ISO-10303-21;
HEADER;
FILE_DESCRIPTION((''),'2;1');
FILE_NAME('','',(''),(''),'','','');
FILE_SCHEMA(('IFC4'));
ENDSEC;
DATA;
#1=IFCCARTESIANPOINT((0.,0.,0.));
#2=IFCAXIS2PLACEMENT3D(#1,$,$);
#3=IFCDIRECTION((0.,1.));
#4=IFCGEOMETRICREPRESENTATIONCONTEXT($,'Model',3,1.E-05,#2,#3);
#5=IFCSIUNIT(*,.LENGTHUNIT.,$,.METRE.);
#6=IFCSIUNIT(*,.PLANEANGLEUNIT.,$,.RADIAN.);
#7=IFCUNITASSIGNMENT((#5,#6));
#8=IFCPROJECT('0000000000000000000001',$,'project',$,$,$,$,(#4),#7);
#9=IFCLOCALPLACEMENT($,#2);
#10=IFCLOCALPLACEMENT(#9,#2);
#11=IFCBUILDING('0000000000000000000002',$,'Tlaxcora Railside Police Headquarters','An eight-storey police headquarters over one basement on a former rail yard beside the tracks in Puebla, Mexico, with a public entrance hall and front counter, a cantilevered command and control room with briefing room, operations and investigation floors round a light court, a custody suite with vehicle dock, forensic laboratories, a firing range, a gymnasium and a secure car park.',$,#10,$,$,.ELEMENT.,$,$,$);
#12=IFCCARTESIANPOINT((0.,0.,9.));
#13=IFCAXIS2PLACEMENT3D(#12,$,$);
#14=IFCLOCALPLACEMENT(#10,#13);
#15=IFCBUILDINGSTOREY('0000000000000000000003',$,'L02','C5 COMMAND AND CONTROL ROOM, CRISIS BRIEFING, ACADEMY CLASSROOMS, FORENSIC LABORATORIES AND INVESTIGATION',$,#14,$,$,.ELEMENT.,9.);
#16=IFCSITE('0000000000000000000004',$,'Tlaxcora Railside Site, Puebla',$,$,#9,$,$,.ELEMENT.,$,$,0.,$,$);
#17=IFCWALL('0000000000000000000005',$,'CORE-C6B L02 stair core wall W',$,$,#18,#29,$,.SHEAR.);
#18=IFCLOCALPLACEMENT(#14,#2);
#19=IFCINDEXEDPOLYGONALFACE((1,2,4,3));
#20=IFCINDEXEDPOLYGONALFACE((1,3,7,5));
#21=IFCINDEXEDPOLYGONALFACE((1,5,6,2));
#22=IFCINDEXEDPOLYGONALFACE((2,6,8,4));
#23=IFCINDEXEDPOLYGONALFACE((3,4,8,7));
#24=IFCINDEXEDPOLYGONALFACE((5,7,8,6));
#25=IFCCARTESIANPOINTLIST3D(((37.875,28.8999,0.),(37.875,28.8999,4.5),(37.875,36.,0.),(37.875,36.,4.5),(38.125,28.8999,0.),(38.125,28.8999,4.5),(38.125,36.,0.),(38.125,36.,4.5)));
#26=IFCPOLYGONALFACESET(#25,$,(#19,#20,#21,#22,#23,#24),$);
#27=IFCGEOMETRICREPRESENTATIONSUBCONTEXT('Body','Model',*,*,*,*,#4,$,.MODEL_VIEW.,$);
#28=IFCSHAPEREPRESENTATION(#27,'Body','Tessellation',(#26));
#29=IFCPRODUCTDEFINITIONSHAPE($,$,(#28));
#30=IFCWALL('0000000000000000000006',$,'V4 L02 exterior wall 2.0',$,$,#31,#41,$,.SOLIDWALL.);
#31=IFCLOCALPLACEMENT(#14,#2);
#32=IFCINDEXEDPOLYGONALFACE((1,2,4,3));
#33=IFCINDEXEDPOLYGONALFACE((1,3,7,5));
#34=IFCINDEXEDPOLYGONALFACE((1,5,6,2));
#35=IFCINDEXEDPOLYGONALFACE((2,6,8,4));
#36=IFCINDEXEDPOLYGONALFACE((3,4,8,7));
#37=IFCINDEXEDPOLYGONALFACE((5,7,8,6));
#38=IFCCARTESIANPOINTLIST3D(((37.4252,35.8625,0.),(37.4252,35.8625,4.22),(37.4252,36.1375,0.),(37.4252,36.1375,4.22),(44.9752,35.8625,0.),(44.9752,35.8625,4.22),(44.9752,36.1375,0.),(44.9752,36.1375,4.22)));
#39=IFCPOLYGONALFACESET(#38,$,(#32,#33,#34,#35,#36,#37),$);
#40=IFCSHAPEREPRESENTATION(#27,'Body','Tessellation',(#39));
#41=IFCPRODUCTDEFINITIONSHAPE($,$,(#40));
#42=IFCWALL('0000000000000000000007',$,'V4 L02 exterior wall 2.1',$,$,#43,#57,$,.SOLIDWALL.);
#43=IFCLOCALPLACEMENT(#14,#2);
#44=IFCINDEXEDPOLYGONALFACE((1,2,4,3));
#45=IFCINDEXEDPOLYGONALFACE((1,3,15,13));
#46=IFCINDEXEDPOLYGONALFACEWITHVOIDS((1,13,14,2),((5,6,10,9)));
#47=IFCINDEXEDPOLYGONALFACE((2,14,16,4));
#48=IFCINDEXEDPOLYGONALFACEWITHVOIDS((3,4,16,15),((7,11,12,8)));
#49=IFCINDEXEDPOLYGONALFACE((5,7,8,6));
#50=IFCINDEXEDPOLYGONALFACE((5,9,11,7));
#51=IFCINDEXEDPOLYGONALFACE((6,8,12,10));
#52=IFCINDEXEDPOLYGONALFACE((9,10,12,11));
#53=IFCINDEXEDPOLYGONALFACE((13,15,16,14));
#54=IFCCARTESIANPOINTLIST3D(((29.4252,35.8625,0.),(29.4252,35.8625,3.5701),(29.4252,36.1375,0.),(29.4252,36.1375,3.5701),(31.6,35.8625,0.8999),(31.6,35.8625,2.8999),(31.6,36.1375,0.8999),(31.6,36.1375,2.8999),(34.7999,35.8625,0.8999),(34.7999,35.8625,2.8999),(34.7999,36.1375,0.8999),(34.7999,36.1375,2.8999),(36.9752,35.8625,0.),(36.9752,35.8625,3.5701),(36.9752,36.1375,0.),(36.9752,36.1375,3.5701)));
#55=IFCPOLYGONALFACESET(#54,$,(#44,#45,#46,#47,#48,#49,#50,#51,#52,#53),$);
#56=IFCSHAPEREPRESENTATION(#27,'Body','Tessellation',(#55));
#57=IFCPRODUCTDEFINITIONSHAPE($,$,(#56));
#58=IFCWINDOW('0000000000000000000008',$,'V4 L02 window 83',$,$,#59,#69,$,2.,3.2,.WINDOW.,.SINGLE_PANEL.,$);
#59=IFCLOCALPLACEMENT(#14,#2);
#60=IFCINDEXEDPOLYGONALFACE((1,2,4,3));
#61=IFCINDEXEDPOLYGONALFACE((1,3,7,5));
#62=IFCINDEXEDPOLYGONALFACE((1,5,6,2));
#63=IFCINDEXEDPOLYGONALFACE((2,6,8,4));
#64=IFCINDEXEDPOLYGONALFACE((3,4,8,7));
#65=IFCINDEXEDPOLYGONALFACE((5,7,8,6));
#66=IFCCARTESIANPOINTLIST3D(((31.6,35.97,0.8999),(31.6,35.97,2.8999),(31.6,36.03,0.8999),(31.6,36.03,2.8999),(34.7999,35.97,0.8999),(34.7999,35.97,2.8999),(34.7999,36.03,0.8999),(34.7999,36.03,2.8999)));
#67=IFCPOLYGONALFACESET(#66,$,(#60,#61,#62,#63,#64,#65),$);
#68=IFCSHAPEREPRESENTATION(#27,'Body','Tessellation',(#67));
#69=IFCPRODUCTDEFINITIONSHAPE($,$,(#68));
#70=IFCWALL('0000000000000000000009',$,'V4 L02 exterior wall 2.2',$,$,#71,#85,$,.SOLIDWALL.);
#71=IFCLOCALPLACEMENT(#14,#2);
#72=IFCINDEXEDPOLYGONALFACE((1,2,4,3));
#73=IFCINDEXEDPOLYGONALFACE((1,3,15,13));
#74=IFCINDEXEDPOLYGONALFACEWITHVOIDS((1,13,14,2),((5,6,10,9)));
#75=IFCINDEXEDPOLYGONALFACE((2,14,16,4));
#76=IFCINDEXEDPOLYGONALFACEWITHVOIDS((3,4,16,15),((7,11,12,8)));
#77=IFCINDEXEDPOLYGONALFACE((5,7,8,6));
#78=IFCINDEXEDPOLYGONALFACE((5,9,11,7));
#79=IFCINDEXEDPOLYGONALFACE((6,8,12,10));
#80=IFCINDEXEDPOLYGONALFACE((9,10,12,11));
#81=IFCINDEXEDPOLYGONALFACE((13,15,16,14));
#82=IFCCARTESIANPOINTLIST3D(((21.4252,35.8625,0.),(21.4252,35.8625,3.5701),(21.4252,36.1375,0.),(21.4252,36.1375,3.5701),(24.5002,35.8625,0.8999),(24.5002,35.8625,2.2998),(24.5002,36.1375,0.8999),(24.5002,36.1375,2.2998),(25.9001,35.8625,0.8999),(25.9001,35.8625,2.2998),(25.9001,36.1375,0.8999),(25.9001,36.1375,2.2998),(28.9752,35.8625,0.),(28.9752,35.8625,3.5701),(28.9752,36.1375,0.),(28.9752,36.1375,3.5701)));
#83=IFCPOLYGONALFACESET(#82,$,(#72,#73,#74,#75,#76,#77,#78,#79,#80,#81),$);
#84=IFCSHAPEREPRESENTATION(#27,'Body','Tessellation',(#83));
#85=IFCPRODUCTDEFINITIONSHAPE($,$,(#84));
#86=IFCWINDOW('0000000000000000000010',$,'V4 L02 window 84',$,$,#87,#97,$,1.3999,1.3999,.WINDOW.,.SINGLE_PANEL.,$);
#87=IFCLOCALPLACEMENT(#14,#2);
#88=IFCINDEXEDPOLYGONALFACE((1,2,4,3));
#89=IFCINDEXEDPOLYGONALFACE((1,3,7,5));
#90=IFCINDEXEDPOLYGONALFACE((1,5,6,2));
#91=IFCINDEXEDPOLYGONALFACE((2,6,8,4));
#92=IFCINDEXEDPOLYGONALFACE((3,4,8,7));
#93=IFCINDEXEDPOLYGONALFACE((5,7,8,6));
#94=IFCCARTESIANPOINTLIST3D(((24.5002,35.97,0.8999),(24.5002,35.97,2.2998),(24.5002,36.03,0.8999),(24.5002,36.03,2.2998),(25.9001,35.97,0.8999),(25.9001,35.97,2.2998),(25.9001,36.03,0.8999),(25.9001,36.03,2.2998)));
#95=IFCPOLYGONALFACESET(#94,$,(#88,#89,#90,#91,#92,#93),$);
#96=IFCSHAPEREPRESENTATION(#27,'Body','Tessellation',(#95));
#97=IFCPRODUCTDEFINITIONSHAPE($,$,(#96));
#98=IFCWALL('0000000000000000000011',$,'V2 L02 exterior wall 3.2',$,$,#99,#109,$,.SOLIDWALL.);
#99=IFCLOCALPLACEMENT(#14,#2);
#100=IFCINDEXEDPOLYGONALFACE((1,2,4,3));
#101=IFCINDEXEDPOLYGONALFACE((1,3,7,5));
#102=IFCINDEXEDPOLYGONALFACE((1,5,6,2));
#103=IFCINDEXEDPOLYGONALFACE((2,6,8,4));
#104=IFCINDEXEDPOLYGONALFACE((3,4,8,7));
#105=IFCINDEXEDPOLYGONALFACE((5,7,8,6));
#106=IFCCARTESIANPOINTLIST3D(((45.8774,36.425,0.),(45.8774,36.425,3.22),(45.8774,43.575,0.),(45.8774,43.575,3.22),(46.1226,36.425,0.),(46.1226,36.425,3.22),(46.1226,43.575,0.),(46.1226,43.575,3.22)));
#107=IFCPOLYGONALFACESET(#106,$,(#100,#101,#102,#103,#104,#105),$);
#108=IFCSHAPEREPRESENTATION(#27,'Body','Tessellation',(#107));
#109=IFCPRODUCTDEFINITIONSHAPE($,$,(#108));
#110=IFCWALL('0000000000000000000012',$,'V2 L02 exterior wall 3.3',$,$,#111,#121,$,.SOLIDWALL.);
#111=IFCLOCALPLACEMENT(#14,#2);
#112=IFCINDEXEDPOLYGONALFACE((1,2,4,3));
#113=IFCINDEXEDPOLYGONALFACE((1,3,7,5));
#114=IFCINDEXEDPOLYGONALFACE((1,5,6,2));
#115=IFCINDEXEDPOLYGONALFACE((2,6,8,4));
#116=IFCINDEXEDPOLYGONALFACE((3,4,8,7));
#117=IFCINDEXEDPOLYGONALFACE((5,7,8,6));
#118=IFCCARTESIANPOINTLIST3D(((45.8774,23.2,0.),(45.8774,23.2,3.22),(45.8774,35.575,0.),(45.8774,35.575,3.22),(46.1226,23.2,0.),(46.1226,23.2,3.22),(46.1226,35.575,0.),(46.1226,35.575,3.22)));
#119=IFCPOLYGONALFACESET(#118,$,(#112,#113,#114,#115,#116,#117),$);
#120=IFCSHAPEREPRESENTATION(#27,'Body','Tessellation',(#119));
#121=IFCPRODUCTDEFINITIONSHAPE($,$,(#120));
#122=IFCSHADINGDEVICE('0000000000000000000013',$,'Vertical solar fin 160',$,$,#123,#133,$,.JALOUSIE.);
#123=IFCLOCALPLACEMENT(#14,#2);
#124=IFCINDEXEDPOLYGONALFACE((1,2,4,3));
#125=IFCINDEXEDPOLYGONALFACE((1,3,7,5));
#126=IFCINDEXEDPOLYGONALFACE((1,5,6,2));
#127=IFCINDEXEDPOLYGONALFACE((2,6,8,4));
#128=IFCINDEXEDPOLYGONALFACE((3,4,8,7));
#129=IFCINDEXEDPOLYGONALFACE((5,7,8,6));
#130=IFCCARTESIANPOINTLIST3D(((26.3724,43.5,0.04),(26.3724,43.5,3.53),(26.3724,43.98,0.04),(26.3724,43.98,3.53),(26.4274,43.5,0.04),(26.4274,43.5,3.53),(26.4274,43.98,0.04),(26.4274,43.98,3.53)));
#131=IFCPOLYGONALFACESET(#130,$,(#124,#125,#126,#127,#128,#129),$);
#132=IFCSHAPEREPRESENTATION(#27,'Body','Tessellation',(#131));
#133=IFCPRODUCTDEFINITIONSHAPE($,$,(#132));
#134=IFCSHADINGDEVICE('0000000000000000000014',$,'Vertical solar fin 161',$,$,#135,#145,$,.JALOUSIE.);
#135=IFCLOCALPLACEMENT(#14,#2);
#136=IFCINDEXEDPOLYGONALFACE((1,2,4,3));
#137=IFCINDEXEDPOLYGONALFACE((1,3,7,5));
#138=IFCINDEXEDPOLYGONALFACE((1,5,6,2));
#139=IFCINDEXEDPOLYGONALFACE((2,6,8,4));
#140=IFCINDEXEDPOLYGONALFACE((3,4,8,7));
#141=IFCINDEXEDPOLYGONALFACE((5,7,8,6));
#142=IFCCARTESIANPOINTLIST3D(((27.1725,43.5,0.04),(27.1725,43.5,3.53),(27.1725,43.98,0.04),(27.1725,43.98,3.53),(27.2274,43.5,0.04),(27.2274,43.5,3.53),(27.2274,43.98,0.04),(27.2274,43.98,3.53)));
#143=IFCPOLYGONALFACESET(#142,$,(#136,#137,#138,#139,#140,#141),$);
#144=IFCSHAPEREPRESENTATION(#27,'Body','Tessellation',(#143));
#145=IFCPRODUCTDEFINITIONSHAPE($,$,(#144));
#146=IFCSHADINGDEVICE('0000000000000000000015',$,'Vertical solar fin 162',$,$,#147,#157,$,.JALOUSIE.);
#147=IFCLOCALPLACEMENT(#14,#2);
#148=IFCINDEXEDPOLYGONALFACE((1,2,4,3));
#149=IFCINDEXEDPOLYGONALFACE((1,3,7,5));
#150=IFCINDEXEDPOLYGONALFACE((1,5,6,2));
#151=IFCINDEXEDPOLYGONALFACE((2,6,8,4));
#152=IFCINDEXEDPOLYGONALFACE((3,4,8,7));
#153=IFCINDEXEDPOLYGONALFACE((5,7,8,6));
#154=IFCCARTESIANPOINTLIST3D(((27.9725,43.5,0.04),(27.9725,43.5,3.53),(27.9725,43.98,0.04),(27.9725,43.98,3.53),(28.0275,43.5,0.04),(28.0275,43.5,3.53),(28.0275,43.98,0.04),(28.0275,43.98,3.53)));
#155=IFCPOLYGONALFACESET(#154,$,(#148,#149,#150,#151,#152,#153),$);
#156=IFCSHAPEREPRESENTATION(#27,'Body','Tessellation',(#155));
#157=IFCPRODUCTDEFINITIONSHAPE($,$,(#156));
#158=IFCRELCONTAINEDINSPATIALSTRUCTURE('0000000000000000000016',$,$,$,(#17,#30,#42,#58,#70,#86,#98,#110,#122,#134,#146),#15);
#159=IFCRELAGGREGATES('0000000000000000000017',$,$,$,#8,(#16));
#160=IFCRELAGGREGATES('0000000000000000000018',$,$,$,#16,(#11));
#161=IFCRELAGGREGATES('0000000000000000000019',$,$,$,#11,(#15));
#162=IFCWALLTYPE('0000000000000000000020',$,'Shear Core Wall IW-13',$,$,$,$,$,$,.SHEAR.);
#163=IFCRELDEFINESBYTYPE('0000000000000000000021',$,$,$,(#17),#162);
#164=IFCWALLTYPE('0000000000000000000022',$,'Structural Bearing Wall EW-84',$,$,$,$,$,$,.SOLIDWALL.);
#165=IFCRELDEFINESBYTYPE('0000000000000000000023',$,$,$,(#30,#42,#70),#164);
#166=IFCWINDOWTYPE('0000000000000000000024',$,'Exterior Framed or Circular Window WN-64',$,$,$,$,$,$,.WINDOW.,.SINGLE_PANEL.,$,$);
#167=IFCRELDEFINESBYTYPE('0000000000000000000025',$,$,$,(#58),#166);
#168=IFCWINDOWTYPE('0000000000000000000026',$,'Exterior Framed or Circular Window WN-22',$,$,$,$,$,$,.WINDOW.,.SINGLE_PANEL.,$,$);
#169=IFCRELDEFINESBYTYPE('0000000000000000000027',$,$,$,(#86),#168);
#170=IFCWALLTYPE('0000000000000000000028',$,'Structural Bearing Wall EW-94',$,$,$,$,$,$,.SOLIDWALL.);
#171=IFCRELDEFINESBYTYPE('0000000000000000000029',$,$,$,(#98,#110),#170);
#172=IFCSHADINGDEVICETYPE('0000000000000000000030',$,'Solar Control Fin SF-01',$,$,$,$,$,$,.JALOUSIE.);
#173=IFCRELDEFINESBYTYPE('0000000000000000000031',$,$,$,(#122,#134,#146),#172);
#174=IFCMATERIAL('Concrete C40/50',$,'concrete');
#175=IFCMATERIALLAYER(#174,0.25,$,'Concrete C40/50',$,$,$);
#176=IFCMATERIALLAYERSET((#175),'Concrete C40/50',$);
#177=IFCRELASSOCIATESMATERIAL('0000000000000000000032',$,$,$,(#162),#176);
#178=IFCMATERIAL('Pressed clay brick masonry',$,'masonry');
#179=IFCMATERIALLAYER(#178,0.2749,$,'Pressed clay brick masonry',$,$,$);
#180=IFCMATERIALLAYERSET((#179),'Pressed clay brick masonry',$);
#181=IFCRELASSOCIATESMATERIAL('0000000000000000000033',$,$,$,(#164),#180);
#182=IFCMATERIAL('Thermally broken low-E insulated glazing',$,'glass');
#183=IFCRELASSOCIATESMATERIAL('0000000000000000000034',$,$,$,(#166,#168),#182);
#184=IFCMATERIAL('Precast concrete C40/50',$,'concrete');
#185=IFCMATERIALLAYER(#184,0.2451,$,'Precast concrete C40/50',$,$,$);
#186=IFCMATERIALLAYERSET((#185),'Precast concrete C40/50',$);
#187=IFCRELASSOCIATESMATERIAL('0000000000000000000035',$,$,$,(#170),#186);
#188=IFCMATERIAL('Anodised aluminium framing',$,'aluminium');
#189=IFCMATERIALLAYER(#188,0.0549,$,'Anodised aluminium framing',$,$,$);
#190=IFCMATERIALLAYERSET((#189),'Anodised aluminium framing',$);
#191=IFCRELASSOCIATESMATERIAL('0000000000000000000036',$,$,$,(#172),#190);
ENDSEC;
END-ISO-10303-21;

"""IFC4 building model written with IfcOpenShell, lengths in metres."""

from ifc_helpers import new_model, si_unit, direction, frame, frame_2d, origin, origin_2d, place, context, subcontext, project, spatial, rectangle, extrude, material, layer, layer_set, type_object, element, fill, save


model = new_model("IFC4")

# Units and contexts
model_context = context("Model", 3, precision=1e-05, world=origin(), true_north=direction((0.0, 1.0)))
body_context = subcontext(model_context, "Body", "Model", "MODEL_VIEW")
ifc_project = project(units=[si_unit("LENGTHUNIT", "METRE"), si_unit("PLANEANGLEUNIT", "RADIAN")], contexts=[model_context])

# Site, building, storey
site_placement = place(None, origin())
site = spatial("IfcSite", under=ifc_project, at=site_placement, Name="Tlaxcora Railside Site, Puebla", CompositionType="ELEMENT", RefElevation=0.0)
building_placement = place(site_placement, origin())
building = spatial("IfcBuilding", under=site, at=building_placement, Name="Tlaxcora Railside Police Headquarters", Description="An eight-storey police headquarters over one basement on a former rail yard beside the tracks in Puebla, Mexico, with a public entrance hall and front counter, a cantilevered command and control room with briefing room, operations and investigation floors round a light court, a custody suite with vehicle dock, forensic laboratories, a firing range, a gymnasium and a secure car park.", CompositionType="ELEMENT")
storey_placement = place(building_placement, frame((0.0, 0.0, 9.0)))
storey = spatial("IfcBuildingStorey", under=building, at=storey_placement, Name="L02", Description="C5 COMMAND AND CONTROL ROOM, CRISIS BRIEFING, ACADEMY CLASSROOMS, FORENSIC LABORATORIES AND INVESTIGATION", CompositionType="ELEMENT", Elevation=9.0)

# Shared definitions
ifc_material_1 = material(Name="Concrete C40/50", Category="concrete")

# Shared definitions
ifc_material_2 = material(Name="Pressed clay brick masonry", Category="masonry")

# Walls
ifc_layer_1 = layer(ifc_material_1, 0.25, Name="Concrete C40/50")
ifc_layer_set_1 = layer_set([ifc_layer_1], Name="Concrete C40/50")
wall_type_1 = type_object("IfcWallType", Name="Shear Core Wall IW-13", PredefinedType="SHEAR", material=ifc_layer_set_1)
wall_1_placement = place(storey_placement, frame((38.0, 36.0, 0.0), z_axis=(0.0, 0.0, 1.0), x_axis=(0.0, -1.0, 0.0)))
element("IfcWall", 1, at=wall_1_placement, inside=storey, type_object=wall_type_1, Name="CORE-C6B L02 stair core wall W", PredefinedType="SHEAR", context=body_context, shape_type="SweptSolid", body=[
    extrude(rectangle(XDim=7.1001, YDim=0.25, at=frame_2d((3.55, 0.0))), origin(), (0.0, 0.0, 1.0), 4.5),
])
ifc_layer_2 = layer(ifc_material_2, 0.2749, Name="Pressed clay brick masonry")
ifc_layer_set_2 = layer_set([ifc_layer_2], Name="Pressed clay brick masonry")
wall_type_2 = type_object("IfcWallType", Name="Structural Bearing Wall EW-84", PredefinedType="SOLIDWALL", material=ifc_layer_set_2)
wall_2_placement = place(storey_placement, frame((44.9751, 36.0, 0.0), z_axis=(0.0, 0.0, 1.0), x_axis=(-1.0, 0.0, 0.0)))
element("IfcWall", 2, at=wall_2_placement, inside=storey, type_object=wall_type_2, Name="V4 L02 exterior wall 2.0", PredefinedType="SOLIDWALL", context=body_context, shape_type="SweptSolid", body=[
    extrude(rectangle(XDim=7.55, YDim=0.2749, at=frame_2d((3.7749, 0.0))), origin(), (0.0, 0.0, 1.0), 4.22),
])

# Walls, openings, windows
wall_3_placement = place(storey_placement, frame((36.9751, 36.0, 0.0), z_axis=(0.0, 0.0, 1.0), x_axis=(-1.0, 0.0, 0.0)))
wall_3 = element("IfcWall", 3, at=wall_3_placement, inside=storey, type_object=wall_type_2, Name="V4 L02 exterior wall 2.1", PredefinedType="SOLIDWALL", context=body_context, shape_type="SweptSolid", body=[
    extrude(rectangle(XDim=7.55, YDim=0.2749, at=frame_2d((3.7749, 0.0))), origin(), (0.0, 0.0, 1.0), 3.5701),
])
opening_1_placement = place(wall_3_placement, frame((2.175, 0.0, 0.8999)))
opening_1 = element("IfcOpeningElement", 4, at=opening_1_placement, cuts=wall_3, PredefinedType="OPENING", context=body_context, shape_type="SweptSolid", body=[
    extrude(rectangle(XDim=3.2, YDim=2.0, at=frame_2d((1.6001, 1.0))), frame((0.0, 0.1475, 0.0), z_axis=(0.0, -1.0, 0.0), x_axis=(1.0, 0.0, 0.0)), (0.0, 0.0, 1.0), 0.2949),
])
ifc_material_3 = material(Name="Thermally broken low-E insulated glazing", Category="glass")
window_type_1 = type_object("IfcWindowType", Name="Exterior Framed or Circular Window WN-64", PartitioningType="SINGLE_PANEL", PredefinedType="WINDOW", material=ifc_material_3)
window_1_placement = place(opening_1_placement, origin())
window_1 = element("IfcWindow", 5, at=window_1_placement, inside=storey, type_object=window_type_1, Name="V4 L02 window 83", OverallHeight=2.0, OverallWidth=3.2, PartitioningType="SINGLE_PANEL", PredefinedType="WINDOW", context=body_context, shape_type="SweptSolid", body=[
    extrude(rectangle(XDim=3.2, YDim=2.0, at=frame_2d((1.6001, 1.0))), frame((0.0, 0.03, 0.0), z_axis=(0.0, -1.0, 0.0), x_axis=(1.0, 0.0, 0.0)), (0.0, 0.0, 1.0), 0.0601),
])
fill(opening_1, window_1)
wall_4_placement = place(storey_placement, frame((28.9751, 36.0, 0.0), z_axis=(0.0, 0.0, 1.0), x_axis=(-1.0, 0.0, 0.0)))
wall_4 = element("IfcWall", 6, at=wall_4_placement, inside=storey, type_object=wall_type_2, Name="V4 L02 exterior wall 2.2", PredefinedType="SOLIDWALL", context=body_context, shape_type="SweptSolid", body=[
    extrude(rectangle(XDim=7.55, YDim=0.2749, at=frame_2d((3.7749, 0.0))), origin(), (0.0, 0.0, 1.0), 3.5701),
])
opening_2_placement = place(wall_4_placement, frame((3.075, 0.0, 0.8999)))
opening_2 = element("IfcOpeningElement", 7, at=opening_2_placement, cuts=wall_4, PredefinedType="OPENING", context=body_context, shape_type="SweptSolid", body=[
    extrude(rectangle(XDim=1.3999, YDim=1.3999, at=frame_2d((0.7, 0.7))), frame((0.0, 0.1475, 0.0), z_axis=(0.0, -1.0, 0.0), x_axis=(1.0, 0.0, 0.0)), (0.0, 0.0, 1.0), 0.2949),
])
window_type_2 = type_object("IfcWindowType", Name="Exterior Framed or Circular Window WN-22", PartitioningType="SINGLE_PANEL", PredefinedType="WINDOW", material=ifc_material_3)
window_2_placement = place(opening_2_placement, origin())
window_2 = element("IfcWindow", 8, at=window_2_placement, inside=storey, type_object=window_type_2, Name="V4 L02 window 84", OverallHeight=1.3999, OverallWidth=1.3999, PartitioningType="SINGLE_PANEL", PredefinedType="WINDOW", context=body_context, shape_type="SweptSolid", body=[
    extrude(rectangle(XDim=1.3999, YDim=1.3999, at=frame_2d((0.7, 0.7))), frame((0.0, 0.03, 0.0), z_axis=(0.0, -1.0, 0.0), x_axis=(1.0, 0.0, 0.0)), (0.0, 0.0, 1.0), 0.0601),
])
fill(opening_2, window_2)

# Walls
ifc_material_4 = material(Name="Precast concrete C40/50", Category="concrete")
ifc_layer_3 = layer(ifc_material_4, 0.2451, Name="Precast concrete C40/50")
ifc_layer_set_3 = layer_set([ifc_layer_3], Name="Precast concrete C40/50")
wall_type_3 = type_object("IfcWallType", Name="Structural Bearing Wall EW-94", PredefinedType="SOLIDWALL", material=ifc_layer_set_3)
wall_5_placement = place(storey_placement, frame((46.0, 43.575, 0.0), z_axis=(0.0, 0.0, 1.0), x_axis=(0.0, -1.0, 0.0)))
element("IfcWall", 9, at=wall_5_placement, inside=storey, type_object=wall_type_3, Name="V2 L02 exterior wall 3.2", PredefinedType="SOLIDWALL", context=body_context, shape_type="SweptSolid", body=[
    extrude(rectangle(XDim=7.1499, YDim=0.2451, at=frame_2d((3.575, 0.0))), origin(), (0.0, 0.0, 1.0), 3.22),
])
wall_6_placement = place(storey_placement, frame((46.0, 35.575, 0.0), z_axis=(0.0, 0.0, 1.0), x_axis=(0.0, -1.0, 0.0)))
element("IfcWall", 10, at=wall_6_placement, inside=storey, type_object=wall_type_3, Name="V2 L02 exterior wall 3.3", PredefinedType="SOLIDWALL", context=body_context, shape_type="SweptSolid", body=[
    extrude(rectangle(XDim=12.375, YDim=0.2451, at=frame_2d((6.1875, 0.0))), origin(), (0.0, 0.0, 1.0), 3.22),
])

# Shading devices
ifc_material_5 = material(Name="Anodised aluminium framing", Category="aluminium")
ifc_layer_4 = layer(ifc_material_5, 0.0549, Name="Anodised aluminium framing")
ifc_layer_set_4 = layer_set([ifc_layer_4], Name="Anodised aluminium framing")
shading_device_type = type_object("IfcShadingDeviceType", Name="Solar Control Fin SF-01", PredefinedType="JALOUSIE", material=ifc_layer_set_4)
for number, where, z_axis, x_axis, name in (
    (11, (26.3999, 43.74, 0.04), (0.0, 0.0, 1.0), (0.0, -1.0, 0.0), "Vertical solar fin 160"),
    (12, (27.2, 43.74, 0.04), (0.0, 0.0, 1.0), (0.0, -1.0, 0.0), "Vertical solar fin 161"),
    (13, (28.0, 43.74, 0.04), (0.0, 0.0, 1.0), (0.0, -1.0, 0.0), "Vertical solar fin 162"),
):
    element("IfcShadingDevice", number, at=place(storey_placement, frame(where, z_axis=z_axis, x_axis=x_axis)), inside=storey, type_object=shading_device_type, Name=name, PredefinedType="JALOUSIE", context=body_context, shape_type="SweptSolid", body=[
        extrude(rectangle(XDim=0.48, YDim=0.0549, at=origin_2d()), origin(), (0.0, 0.0, 1.0), 3.49),
    ])

save(model, "model.ifc")
